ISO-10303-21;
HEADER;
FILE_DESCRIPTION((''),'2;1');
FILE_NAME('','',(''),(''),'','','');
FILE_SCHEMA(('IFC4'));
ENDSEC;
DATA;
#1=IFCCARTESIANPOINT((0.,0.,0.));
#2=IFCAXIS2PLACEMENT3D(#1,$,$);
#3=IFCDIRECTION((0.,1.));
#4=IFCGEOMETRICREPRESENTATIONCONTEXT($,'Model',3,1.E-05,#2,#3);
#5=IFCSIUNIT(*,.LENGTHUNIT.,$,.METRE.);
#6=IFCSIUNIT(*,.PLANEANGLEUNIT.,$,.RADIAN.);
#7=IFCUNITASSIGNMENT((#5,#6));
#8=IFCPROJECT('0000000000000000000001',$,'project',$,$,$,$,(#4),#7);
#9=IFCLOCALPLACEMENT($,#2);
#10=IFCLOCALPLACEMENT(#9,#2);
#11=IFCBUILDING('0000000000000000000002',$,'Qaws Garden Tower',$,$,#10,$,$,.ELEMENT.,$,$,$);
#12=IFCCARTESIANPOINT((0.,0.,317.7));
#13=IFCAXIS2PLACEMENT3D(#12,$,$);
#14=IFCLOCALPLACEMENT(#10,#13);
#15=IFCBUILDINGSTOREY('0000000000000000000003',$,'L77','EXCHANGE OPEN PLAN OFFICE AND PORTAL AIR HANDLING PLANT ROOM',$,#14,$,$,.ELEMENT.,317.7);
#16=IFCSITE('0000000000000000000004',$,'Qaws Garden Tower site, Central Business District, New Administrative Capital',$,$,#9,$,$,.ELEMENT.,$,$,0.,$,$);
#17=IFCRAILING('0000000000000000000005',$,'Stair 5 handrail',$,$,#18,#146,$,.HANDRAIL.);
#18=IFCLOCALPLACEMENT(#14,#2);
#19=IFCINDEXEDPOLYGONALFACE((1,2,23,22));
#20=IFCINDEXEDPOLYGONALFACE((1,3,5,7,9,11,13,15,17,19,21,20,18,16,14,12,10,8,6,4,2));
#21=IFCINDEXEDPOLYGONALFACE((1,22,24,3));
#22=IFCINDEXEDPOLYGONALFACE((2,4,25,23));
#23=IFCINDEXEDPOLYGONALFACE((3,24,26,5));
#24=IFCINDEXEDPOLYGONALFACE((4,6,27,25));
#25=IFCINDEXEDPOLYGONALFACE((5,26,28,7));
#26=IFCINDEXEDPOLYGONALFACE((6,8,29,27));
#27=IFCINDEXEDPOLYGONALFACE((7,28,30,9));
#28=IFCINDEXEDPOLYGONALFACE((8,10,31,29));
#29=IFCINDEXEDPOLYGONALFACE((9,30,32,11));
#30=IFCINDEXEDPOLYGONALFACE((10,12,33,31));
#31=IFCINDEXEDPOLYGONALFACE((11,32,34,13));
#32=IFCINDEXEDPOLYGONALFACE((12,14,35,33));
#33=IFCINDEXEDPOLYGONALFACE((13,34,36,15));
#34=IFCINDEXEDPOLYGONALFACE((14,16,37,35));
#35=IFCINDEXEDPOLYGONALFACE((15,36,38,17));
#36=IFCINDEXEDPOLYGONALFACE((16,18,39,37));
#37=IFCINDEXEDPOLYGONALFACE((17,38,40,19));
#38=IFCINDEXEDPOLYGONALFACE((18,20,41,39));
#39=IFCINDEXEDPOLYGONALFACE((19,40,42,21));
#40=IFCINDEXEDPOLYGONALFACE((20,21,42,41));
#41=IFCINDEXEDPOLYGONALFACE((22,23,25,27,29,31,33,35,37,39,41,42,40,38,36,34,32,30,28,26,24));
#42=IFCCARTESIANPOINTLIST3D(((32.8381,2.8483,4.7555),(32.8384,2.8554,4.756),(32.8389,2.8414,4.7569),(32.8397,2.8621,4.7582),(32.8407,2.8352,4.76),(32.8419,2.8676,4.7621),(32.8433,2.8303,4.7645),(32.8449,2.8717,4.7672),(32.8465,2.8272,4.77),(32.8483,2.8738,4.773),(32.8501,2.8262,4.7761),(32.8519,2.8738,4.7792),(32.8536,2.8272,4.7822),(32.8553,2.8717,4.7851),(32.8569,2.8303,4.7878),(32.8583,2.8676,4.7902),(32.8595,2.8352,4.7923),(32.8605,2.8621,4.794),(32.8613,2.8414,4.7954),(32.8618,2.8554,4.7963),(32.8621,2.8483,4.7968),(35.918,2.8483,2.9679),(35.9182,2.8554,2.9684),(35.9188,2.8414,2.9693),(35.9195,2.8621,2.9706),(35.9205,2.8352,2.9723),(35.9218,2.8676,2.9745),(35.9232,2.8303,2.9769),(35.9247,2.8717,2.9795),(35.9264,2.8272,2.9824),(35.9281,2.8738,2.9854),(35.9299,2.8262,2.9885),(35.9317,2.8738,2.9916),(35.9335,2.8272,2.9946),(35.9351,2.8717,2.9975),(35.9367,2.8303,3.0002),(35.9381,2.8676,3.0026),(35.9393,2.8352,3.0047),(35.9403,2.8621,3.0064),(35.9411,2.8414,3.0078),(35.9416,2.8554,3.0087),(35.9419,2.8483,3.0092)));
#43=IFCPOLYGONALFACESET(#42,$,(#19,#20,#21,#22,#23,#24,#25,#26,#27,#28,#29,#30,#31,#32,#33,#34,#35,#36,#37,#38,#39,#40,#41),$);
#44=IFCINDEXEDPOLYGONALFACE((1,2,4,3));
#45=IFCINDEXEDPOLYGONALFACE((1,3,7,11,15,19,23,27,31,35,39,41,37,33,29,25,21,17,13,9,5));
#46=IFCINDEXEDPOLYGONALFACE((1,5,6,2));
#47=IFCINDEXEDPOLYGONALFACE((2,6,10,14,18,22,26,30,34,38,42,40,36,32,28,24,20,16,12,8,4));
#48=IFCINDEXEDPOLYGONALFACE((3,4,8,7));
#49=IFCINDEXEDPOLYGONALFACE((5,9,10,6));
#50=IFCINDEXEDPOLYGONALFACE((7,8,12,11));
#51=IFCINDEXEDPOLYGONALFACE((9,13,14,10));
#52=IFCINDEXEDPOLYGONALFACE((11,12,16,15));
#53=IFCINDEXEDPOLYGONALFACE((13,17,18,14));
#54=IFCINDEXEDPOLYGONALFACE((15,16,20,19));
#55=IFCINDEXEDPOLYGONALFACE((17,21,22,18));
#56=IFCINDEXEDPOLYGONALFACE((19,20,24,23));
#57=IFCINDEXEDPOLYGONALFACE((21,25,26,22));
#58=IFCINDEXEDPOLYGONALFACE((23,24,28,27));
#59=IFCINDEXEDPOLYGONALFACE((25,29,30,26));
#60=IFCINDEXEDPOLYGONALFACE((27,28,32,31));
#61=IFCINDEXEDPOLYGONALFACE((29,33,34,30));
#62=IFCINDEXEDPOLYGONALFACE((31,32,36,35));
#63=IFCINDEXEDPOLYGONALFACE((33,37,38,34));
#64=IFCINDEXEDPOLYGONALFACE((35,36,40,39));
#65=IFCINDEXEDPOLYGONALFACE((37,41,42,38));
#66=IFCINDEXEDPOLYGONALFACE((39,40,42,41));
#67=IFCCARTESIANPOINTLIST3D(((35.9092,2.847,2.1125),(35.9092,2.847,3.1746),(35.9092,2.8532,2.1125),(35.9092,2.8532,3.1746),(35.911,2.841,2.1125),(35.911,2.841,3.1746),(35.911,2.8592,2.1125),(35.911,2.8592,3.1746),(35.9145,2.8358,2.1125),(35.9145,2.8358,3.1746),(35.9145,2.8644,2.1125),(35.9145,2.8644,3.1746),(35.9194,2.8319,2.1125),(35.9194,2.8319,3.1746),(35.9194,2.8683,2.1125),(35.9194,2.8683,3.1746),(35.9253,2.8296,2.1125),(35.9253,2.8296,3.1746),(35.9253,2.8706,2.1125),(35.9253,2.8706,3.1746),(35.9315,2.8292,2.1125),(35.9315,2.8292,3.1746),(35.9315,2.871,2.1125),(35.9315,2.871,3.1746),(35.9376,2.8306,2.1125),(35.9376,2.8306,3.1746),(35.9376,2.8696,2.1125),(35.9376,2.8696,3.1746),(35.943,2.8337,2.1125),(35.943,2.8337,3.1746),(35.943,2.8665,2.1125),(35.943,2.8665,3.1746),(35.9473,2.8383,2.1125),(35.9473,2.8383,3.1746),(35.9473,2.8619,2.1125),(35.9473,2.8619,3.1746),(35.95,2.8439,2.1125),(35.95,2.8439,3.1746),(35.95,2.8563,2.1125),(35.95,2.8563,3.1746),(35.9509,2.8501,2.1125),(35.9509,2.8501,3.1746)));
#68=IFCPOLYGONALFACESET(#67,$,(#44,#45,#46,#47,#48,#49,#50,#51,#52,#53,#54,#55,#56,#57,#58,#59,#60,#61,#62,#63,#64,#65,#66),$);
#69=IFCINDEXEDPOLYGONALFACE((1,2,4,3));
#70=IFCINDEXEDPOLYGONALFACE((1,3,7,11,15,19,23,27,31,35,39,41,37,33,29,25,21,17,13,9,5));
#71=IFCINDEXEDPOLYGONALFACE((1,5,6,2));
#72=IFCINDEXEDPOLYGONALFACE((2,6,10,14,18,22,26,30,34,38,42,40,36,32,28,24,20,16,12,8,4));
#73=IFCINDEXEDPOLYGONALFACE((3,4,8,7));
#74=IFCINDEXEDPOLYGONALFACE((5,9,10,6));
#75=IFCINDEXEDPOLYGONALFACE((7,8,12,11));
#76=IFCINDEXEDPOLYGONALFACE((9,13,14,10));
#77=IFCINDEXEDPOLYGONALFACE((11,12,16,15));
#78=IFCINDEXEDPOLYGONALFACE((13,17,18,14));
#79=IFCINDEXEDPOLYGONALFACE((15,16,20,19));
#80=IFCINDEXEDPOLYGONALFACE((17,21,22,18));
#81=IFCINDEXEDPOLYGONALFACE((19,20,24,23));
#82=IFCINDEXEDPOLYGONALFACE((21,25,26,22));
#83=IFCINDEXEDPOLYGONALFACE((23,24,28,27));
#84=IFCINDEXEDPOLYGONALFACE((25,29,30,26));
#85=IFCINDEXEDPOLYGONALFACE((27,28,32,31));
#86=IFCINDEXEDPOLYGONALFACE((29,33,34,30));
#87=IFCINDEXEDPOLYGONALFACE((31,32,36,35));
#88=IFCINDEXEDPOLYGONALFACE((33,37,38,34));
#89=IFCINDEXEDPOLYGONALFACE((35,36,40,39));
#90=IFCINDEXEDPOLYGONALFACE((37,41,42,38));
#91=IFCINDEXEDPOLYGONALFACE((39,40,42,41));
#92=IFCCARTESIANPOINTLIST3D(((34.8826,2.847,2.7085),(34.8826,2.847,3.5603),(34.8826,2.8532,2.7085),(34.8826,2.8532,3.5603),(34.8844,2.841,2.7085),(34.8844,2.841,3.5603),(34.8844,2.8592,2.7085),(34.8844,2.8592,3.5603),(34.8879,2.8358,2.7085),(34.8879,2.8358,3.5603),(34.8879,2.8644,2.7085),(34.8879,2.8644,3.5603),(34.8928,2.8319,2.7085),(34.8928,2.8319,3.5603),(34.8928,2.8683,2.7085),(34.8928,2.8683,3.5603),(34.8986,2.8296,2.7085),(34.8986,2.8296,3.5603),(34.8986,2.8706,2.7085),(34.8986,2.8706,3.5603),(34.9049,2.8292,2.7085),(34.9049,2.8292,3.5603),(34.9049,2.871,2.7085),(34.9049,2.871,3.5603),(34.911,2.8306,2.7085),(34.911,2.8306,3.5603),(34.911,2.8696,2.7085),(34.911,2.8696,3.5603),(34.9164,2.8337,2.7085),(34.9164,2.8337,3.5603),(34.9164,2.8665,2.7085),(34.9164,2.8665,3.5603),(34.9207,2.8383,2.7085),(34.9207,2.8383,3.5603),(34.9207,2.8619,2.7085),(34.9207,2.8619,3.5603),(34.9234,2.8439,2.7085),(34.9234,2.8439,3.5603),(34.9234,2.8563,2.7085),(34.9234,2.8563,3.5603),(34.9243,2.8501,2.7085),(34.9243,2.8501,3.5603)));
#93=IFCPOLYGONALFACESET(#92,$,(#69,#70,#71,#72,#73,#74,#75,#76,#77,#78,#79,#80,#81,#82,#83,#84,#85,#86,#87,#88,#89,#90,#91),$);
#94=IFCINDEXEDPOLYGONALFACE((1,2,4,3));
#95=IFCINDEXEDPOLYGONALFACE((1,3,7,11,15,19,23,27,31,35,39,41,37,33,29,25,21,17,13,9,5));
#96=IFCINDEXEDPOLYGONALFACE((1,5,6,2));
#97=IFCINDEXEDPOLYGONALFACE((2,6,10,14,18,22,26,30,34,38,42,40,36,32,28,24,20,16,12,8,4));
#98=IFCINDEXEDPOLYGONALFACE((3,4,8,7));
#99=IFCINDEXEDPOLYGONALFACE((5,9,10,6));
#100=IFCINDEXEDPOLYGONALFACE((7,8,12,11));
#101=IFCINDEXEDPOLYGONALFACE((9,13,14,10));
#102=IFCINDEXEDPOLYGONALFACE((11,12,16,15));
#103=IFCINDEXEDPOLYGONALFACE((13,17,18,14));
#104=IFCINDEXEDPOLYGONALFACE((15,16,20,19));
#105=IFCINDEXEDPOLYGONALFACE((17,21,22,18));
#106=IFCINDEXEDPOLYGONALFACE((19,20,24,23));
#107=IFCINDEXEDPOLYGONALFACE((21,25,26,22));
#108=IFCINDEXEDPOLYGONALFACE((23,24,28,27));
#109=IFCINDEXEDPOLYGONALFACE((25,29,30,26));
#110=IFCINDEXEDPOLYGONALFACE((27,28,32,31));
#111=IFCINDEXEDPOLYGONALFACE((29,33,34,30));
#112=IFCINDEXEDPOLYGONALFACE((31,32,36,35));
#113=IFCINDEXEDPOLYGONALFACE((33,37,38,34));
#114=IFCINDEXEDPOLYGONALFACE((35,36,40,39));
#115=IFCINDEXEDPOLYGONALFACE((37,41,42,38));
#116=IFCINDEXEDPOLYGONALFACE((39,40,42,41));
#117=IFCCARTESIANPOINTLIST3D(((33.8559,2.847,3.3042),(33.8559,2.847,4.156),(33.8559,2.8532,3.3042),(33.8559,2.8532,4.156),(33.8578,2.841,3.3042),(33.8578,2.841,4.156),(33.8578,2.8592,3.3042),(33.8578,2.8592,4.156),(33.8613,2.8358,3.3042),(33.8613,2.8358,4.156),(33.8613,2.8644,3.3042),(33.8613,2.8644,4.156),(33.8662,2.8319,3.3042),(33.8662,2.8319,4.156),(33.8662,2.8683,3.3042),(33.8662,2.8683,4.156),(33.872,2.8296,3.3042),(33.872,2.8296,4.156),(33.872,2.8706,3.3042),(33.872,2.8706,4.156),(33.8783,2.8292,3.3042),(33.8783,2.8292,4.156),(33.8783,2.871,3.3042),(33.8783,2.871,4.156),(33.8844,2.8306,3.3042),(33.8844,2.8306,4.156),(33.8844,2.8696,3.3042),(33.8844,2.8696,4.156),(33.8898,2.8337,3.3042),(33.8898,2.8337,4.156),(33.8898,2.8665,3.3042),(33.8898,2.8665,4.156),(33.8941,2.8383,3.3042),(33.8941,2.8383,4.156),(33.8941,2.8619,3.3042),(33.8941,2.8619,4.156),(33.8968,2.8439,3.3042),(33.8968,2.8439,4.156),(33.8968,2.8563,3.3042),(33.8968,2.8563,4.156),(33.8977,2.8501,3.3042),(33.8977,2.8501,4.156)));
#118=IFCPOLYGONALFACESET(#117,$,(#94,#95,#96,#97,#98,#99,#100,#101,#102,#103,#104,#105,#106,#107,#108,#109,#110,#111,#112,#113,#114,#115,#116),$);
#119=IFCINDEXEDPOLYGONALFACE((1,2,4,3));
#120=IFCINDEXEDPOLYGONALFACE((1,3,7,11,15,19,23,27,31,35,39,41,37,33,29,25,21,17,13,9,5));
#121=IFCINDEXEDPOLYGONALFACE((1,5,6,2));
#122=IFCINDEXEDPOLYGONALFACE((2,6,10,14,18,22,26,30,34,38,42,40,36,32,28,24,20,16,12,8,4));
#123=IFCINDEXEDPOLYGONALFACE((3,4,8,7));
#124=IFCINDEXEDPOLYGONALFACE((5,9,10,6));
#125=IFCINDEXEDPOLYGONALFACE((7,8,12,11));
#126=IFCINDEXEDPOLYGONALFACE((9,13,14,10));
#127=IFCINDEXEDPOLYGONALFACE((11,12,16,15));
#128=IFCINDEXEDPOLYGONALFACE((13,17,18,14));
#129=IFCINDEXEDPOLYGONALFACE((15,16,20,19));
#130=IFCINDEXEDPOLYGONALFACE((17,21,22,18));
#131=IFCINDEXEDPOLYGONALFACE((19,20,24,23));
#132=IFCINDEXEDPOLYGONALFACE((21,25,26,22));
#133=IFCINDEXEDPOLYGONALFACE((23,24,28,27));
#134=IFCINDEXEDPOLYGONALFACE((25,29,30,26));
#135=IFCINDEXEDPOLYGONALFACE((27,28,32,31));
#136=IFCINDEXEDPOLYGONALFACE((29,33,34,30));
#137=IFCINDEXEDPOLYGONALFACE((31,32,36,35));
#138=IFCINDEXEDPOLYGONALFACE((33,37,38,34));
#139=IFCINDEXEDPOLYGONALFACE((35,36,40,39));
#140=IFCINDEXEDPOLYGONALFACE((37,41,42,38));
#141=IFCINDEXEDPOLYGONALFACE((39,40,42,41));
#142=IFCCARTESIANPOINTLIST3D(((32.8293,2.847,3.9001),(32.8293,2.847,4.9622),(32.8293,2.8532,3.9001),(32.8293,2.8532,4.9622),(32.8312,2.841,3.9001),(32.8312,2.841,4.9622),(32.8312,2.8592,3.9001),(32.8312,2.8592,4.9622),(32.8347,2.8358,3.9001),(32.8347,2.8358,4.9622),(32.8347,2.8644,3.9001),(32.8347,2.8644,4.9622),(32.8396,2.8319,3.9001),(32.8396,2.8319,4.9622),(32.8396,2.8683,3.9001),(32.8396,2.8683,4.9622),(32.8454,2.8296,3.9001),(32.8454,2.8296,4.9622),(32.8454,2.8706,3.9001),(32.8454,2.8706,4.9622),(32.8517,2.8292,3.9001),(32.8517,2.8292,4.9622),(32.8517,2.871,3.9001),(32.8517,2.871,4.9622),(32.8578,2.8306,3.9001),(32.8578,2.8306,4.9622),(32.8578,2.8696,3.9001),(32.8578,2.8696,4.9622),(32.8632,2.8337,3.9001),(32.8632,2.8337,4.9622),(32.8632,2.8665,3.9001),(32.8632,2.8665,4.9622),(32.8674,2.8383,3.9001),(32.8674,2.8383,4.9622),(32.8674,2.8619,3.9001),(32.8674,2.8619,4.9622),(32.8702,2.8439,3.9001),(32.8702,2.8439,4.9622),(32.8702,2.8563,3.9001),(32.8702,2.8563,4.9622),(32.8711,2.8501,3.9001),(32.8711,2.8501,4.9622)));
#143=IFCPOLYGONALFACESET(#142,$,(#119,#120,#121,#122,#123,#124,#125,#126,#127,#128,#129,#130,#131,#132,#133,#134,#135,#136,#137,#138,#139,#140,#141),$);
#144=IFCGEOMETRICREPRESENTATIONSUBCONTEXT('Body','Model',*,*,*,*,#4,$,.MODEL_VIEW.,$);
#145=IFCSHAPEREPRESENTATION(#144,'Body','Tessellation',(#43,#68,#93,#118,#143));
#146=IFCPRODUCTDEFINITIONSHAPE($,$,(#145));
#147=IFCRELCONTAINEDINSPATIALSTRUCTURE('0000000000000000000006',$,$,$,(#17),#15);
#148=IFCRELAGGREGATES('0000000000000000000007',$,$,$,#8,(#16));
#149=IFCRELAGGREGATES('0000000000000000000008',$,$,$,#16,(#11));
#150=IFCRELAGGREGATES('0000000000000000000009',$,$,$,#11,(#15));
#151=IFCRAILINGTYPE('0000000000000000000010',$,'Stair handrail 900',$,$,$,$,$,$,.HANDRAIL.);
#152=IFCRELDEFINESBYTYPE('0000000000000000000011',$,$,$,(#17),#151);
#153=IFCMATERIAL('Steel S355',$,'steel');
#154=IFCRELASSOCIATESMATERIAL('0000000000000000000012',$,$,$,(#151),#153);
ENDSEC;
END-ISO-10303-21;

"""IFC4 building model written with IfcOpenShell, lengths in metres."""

from ifc_helpers import new_model, si_unit, direction, frame, origin, origin_2d, place, context, subcontext, project, spatial, circle, extrude, material, type_object, element, save


model = new_model("IFC4")

# Units and contexts
model_context = context("Model", 3, precision=1e-05, world=origin(), true_north=direction((0.0, 1.0)))
body_context = subcontext(model_context, "Body", "Model", "MODEL_VIEW")
ifc_project = project(units=[si_unit("LENGTHUNIT", "METRE"), si_unit("PLANEANGLEUNIT", "RADIAN")], contexts=[model_context])

# Site, building, storey
site_placement = place(None, origin())
site = spatial("IfcSite", under=ifc_project, at=site_placement, Name="Qaws Garden Tower site, Central Business District, New Administrative Capital", CompositionType="ELEMENT", RefElevation=0.0)
building_placement = place(site_placement, origin())
building = spatial("IfcBuilding", under=site, at=building_placement, Name="Qaws Garden Tower", CompositionType="ELEMENT")
storey_placement = place(building_placement, frame((0.0, 0.0, 317.7)))
storey = spatial("IfcBuildingStorey", under=building, at=storey_placement, Name="L77", Description="EXCHANGE OPEN PLAN OFFICE AND PORTAL AIR HANDLING PLANT ROOM", CompositionType="ELEMENT", Elevation=317.7)

# Railing
ifc_material_1 = material(Name="Steel S355", Category="steel")
railing_type = type_object("IfcRailingType", Name="Stair handrail 900", PredefinedType="HANDRAIL", material=ifc_material_1)
railing_1_placement = place(storey_placement, frame((35.9299, 2.8501, 2.1125)))
element("IfcRailing", 1, at=railing_1_placement, inside=storey, type_object=railing_type, Name="Stair 5 handrail", PredefinedType="HANDRAIL", context=body_context, shape_type="SweptSolid", body=[
    extrude(circle(Radius=0.0239, at=origin_2d()), frame((0.0, 0.0, 0.876), z_axis=(-0.864873, 0.0, 0.50199), x_axis=(0.0, -1.0, 0.0)), (0.0, 0.0, 1.0), 3.561),
    extrude(circle(Radius=0.021, at=origin_2d()), origin(), (0.0, 0.0, 1.0), 1.062),
    extrude(circle(Radius=0.021, at=origin_2d()), frame((-1.0266, 0.0, 0.5959)), (0.0, 0.0, 1.0), 0.8518),
    extrude(circle(Radius=0.021, at=origin_2d()), frame((-2.0532, 0.0, 1.1917)), (0.0, 0.0, 1.0), 0.8518),
    extrude(circle(Radius=0.021, at=origin_2d()), frame((-3.0798, 0.0, 1.7876)), (0.0, 0.0, 1.0), 1.062),
])

save(model, "model.ifc")
